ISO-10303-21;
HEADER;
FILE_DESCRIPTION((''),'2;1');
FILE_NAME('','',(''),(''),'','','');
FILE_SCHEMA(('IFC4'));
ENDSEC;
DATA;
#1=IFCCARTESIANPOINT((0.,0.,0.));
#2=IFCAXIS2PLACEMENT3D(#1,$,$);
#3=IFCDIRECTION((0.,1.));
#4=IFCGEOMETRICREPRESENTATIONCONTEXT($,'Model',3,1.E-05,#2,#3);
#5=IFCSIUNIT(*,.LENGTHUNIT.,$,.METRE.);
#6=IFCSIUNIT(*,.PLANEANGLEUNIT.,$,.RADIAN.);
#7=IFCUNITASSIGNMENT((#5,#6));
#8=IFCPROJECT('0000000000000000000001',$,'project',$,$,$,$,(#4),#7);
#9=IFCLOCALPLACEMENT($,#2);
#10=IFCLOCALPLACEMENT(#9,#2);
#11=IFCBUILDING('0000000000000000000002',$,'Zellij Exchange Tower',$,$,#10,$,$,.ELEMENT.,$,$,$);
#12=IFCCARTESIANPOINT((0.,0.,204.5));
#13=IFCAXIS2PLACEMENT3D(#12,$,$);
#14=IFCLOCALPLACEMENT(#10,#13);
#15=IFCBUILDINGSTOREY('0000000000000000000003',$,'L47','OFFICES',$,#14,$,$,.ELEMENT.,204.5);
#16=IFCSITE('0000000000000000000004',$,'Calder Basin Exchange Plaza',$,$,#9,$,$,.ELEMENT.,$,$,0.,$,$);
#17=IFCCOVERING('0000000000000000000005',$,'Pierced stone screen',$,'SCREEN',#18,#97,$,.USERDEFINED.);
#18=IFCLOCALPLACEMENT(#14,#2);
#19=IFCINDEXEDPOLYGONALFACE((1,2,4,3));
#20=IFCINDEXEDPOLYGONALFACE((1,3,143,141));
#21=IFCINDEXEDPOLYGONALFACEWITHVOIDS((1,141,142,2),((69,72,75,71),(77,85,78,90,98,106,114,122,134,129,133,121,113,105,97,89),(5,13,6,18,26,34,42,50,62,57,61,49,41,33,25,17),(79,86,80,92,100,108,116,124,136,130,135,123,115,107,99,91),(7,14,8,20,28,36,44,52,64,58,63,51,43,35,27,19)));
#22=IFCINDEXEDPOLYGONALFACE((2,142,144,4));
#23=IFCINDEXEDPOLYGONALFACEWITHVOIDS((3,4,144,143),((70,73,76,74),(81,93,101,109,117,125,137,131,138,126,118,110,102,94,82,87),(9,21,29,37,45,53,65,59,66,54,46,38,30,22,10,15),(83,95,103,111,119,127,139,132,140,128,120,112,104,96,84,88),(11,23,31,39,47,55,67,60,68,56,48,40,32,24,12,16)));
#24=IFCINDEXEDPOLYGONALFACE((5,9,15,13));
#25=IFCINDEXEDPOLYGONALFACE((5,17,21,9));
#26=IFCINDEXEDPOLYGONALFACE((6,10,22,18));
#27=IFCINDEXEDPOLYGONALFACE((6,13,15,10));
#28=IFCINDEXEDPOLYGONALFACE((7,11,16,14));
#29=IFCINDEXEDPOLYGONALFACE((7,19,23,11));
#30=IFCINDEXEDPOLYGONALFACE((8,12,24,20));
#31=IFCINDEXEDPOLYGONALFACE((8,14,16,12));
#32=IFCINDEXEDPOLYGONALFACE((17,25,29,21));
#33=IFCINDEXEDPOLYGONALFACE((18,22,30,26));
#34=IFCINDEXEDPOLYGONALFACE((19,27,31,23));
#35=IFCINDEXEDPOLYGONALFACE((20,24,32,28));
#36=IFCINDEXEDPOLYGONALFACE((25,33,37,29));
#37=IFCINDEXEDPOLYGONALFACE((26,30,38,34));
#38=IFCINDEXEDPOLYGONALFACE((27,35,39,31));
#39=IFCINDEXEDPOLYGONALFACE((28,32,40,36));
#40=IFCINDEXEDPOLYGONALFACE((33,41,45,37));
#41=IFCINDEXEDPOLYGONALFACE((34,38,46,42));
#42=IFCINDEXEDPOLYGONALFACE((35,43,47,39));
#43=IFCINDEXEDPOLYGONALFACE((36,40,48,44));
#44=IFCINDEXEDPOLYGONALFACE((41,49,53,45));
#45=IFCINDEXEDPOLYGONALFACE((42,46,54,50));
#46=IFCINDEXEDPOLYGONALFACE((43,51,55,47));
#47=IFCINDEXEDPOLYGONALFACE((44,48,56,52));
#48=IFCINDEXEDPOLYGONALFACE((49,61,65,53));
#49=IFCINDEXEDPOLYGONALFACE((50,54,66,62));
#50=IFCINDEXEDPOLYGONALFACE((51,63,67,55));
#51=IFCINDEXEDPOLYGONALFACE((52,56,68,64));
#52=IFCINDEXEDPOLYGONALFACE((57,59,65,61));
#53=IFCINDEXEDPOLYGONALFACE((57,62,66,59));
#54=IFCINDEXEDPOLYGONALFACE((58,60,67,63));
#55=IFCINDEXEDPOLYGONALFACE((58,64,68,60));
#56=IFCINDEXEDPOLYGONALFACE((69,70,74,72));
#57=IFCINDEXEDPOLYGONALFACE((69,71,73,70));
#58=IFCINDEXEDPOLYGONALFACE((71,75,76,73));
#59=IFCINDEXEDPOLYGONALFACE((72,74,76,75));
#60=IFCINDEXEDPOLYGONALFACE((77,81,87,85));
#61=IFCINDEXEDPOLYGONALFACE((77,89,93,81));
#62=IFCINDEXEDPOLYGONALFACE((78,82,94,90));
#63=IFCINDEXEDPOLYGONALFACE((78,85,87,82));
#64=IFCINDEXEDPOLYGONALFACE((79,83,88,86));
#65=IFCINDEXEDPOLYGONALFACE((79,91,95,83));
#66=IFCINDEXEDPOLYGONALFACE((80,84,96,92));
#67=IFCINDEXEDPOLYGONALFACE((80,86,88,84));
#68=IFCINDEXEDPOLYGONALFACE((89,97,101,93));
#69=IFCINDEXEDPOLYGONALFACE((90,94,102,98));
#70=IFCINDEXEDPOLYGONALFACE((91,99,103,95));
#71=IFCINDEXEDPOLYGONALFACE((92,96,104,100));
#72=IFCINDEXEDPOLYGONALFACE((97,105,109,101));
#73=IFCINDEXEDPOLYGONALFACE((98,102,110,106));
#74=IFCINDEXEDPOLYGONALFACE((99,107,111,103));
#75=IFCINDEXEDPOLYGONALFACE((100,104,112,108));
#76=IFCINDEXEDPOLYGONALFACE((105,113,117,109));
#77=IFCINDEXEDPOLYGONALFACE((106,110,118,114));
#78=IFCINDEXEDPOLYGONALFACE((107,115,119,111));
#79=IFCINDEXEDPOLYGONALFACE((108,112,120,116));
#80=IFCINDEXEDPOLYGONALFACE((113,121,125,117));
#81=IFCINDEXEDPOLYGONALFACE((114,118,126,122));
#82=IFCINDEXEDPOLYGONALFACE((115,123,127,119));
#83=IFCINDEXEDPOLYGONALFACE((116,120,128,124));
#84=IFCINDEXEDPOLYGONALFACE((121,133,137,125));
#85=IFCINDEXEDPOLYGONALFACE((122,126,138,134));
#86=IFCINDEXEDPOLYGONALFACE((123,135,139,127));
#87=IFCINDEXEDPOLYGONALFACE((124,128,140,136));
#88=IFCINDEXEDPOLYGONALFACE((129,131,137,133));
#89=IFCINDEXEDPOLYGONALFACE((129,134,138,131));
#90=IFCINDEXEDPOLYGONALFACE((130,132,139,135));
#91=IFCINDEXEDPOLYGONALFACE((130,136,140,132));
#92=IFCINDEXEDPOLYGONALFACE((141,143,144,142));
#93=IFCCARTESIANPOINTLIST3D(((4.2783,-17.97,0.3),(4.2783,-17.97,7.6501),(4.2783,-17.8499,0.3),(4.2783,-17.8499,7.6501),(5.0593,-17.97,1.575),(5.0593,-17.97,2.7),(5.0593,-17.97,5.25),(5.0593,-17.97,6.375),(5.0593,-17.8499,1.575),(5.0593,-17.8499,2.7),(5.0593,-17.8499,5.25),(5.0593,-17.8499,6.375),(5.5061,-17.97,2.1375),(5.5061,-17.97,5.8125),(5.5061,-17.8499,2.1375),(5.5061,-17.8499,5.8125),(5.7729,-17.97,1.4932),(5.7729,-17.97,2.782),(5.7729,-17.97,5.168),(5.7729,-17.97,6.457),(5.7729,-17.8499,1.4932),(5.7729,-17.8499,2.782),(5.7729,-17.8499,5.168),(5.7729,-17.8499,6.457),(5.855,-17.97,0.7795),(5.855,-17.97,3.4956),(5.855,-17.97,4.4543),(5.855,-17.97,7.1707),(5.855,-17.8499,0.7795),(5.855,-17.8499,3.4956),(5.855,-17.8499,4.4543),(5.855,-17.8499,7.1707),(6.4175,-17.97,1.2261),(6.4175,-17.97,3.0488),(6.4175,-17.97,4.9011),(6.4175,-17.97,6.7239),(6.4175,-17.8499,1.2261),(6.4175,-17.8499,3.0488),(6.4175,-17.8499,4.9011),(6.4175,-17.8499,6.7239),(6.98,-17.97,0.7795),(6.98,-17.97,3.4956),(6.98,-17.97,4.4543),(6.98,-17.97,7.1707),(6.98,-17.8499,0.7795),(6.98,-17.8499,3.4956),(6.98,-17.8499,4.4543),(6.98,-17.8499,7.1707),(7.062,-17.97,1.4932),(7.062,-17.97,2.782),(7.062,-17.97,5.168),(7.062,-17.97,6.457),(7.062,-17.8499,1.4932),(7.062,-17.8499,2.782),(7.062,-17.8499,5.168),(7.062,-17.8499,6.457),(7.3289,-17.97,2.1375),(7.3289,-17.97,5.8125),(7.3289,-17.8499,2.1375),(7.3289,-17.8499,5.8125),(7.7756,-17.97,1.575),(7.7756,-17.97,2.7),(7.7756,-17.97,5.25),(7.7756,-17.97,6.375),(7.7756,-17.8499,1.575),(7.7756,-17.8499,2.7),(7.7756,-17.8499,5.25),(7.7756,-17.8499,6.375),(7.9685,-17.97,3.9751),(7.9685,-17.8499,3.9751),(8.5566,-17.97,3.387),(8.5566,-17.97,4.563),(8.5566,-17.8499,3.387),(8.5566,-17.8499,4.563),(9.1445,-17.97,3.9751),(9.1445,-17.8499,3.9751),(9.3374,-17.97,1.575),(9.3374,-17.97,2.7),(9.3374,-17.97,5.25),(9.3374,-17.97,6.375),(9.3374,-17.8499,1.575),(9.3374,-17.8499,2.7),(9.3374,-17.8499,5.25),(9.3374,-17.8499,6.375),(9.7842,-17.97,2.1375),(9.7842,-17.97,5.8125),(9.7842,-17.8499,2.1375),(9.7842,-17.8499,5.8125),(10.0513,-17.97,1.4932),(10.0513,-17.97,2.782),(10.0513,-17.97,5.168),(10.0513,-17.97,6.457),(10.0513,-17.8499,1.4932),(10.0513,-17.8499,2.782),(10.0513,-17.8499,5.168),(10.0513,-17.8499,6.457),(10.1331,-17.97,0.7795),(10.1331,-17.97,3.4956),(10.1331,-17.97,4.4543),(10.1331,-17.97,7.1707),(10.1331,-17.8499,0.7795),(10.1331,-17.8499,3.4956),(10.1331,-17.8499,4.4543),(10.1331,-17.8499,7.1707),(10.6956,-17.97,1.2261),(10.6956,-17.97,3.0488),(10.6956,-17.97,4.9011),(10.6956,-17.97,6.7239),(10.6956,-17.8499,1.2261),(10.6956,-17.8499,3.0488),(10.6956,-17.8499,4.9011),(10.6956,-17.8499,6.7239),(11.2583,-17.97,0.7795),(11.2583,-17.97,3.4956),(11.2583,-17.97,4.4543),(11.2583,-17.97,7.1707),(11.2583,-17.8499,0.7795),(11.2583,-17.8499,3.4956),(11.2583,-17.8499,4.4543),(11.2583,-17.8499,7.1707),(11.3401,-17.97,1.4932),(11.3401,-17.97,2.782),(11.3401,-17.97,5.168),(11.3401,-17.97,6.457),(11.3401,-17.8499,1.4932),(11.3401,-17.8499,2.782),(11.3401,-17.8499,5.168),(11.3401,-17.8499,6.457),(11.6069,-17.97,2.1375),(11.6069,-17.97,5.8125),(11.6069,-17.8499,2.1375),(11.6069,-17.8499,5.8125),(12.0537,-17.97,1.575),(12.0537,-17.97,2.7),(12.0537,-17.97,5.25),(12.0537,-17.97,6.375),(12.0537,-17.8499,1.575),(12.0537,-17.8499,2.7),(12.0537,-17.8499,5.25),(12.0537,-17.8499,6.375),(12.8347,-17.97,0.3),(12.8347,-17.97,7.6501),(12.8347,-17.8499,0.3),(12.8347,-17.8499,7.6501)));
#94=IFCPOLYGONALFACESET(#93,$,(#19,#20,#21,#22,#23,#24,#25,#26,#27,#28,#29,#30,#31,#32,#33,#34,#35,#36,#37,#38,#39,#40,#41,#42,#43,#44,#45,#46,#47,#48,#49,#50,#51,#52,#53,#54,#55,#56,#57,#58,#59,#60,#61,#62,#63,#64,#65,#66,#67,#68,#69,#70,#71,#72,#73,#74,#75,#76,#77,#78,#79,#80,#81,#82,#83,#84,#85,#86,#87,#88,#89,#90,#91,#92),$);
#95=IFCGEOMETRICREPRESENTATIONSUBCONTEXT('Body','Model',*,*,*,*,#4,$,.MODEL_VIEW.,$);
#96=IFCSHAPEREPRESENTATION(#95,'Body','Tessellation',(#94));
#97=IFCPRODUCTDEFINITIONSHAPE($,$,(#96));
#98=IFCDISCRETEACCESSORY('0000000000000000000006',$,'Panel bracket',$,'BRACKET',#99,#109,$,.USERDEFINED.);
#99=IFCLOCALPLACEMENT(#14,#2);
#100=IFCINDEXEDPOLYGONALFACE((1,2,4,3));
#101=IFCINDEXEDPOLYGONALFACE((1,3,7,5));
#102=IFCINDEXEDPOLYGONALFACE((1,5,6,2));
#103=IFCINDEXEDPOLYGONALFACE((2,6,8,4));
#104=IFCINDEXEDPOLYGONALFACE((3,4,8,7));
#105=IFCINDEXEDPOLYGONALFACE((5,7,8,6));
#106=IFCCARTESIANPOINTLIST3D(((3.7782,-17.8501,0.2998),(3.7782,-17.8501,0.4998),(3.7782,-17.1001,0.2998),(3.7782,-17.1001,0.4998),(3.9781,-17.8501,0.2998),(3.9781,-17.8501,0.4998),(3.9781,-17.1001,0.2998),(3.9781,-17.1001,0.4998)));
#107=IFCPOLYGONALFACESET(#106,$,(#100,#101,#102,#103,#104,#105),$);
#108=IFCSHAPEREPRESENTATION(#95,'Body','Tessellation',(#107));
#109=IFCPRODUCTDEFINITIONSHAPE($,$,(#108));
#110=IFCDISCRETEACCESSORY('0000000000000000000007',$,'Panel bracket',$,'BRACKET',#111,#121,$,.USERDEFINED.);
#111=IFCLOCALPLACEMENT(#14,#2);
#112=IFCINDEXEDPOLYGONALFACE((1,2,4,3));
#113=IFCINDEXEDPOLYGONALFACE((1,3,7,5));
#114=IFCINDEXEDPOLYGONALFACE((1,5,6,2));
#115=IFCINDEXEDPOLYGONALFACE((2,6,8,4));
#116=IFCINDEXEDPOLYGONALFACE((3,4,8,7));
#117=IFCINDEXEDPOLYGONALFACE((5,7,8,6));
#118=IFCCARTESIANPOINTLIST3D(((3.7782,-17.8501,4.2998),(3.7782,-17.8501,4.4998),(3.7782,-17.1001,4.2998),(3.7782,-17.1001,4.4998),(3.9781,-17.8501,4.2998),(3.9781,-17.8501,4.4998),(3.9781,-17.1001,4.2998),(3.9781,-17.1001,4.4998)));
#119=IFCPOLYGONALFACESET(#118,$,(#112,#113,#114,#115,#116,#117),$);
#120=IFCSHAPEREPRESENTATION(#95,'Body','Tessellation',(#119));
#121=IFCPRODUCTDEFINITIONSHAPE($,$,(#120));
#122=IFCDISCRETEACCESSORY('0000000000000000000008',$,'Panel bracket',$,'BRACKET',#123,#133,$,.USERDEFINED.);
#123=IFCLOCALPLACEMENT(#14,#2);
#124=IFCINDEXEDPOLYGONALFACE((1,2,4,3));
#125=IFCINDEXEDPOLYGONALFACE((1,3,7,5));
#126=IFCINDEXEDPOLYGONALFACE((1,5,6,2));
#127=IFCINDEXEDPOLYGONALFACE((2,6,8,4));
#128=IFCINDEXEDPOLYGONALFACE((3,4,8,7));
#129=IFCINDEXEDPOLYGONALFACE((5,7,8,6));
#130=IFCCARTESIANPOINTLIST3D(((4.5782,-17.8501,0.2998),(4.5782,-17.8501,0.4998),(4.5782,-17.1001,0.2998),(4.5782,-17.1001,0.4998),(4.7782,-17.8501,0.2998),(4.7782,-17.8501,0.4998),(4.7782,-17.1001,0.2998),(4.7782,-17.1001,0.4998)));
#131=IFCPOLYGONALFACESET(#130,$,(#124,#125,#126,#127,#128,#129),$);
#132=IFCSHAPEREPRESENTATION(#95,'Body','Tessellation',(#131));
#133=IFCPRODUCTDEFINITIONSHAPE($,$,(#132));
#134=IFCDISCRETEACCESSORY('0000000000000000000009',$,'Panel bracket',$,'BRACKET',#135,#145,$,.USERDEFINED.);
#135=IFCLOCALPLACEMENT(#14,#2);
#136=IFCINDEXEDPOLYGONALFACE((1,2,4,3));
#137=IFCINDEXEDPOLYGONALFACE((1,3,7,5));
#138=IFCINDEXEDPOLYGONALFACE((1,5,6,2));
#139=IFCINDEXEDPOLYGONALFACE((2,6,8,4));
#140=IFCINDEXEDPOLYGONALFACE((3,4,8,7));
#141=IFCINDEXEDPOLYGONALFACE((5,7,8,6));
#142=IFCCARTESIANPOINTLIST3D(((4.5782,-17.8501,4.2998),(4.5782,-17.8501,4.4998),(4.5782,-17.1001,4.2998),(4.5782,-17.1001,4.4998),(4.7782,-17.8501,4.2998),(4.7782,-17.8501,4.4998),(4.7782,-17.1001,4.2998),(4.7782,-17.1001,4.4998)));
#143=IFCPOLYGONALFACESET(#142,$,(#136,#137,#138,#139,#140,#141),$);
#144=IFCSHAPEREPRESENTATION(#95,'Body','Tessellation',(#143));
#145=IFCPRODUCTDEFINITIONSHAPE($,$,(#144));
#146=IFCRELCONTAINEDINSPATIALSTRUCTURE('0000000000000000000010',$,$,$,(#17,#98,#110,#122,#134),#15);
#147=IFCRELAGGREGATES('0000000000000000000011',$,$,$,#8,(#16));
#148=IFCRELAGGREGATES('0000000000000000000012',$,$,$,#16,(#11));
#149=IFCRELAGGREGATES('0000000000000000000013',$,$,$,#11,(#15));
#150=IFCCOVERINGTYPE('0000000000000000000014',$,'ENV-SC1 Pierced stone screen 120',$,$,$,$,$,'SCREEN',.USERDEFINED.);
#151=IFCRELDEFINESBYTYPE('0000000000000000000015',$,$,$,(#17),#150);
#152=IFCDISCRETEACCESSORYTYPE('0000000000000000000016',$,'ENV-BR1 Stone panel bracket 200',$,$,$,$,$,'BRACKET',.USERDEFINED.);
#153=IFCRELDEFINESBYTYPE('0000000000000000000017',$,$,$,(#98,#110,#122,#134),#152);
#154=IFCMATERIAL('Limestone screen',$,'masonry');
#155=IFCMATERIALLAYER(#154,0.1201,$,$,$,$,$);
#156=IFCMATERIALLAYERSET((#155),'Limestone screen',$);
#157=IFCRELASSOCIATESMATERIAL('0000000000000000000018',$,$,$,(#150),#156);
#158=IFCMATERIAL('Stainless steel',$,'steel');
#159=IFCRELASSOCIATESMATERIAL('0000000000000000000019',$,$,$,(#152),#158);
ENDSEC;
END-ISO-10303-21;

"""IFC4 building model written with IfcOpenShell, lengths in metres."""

from ifc_helpers import new_model, si_unit, direction, frame, origin, origin_2d, place, context, subcontext, project, spatial, polyline, rectangle, outline, extrude, material, layer, layer_set, type_object, element, save


model = new_model("IFC4")

# Units and contexts
model_context = context("Model", 3, precision=1e-05, world=origin(), true_north=direction((0.0, 1.0)))
body_context = subcontext(model_context, "Body", "Model", "MODEL_VIEW")
ifc_project = project(units=[si_unit("LENGTHUNIT", "METRE"), si_unit("PLANEANGLEUNIT", "RADIAN")], contexts=[model_context])

# Site, building, storey
site_placement = place(None, origin())
site = spatial("IfcSite", under=ifc_project, at=site_placement, Name="Calder Basin Exchange Plaza", CompositionType="ELEMENT", RefElevation=0.0)
building_placement = place(site_placement, origin())
building = spatial("IfcBuilding", under=site, at=building_placement, Name="Zellij Exchange Tower", CompositionType="ELEMENT")
storey_placement = place(building_placement, frame((0.0, 0.0, 204.5)))
storey = spatial("IfcBuildingStorey", under=building, at=storey_placement, Name="L47", Description="OFFICES", CompositionType="ELEMENT", Elevation=204.5)

# Shared definitions
ifc_material_1 = material(Name="Stainless steel", Category="steel")

# Covering
ifc_material_2 = material(Name="Limestone screen", Category="masonry")
ifc_layer_1 = layer(ifc_material_2, 0.1201)
ifc_layer_set_1 = layer_set([ifc_layer_1], Name="Limestone screen")
covering_type = type_object("IfcCoveringType", Name="ENV-SC1 Pierced stone screen 120", ElementType="SCREEN", PredefinedType="USERDEFINED", material=ifc_layer_set_1)
covering_placement = place(storey_placement, frame((4.2783, -17.9099, 0.3), z_axis=(0.0, 0.0, 1.0), x_axis=(1.0, 0.0, 0.0)))
element("IfcCovering", 1, at=covering_placement, inside=storey, type_object=covering_type, Name="Pierced stone screen", ObjectType="SCREEN", PredefinedType="USERDEFINED", context=body_context, shape_type="SweptSolid", body=[
    extrude(outline(polyline([(0.0, 0.0), (8.5564, 0.0), (8.5564, 7.3501), (0.0, 7.3501), (0.0, 0.0)]), holes=[polyline([(3.4973, 2.3999), (2.7837, 2.4819), (2.7017, 3.1956), (2.1392, 2.7488), (1.5767, 3.1956), (1.4946, 2.4819), (0.781, 2.3999), (1.2278, 1.8374), (0.781, 1.2749), (1.4946, 1.1931), (1.5767, 0.4795), (2.1392, 0.926), (2.7017, 0.4795), (2.7837, 1.1931), (3.4973, 1.2749), (3.0505, 1.8374), (3.4973, 2.3999)]), polyline([(3.4973, 6.075), (2.7837, 6.157), (2.7017, 6.8706), (2.1392, 6.4238), (1.5767, 6.8706), (1.4946, 6.157), (0.781, 6.075), (1.2278, 5.5125), (0.781, 4.95), (1.4946, 4.8679), (1.5767, 4.1543), (2.1392, 4.6011), (2.7017, 4.1543), (2.7837, 4.8679), (3.4973, 4.95), (3.0505, 5.5125), (3.4973, 6.075)]), polyline([(7.7754, 2.3999), (7.0618, 2.4819), (6.98, 3.1956), (6.4172, 2.7488), (5.8547, 3.1956), (5.7729, 2.4819), (5.0591, 2.3999), (5.5059, 1.8374), (5.0591, 1.2749), (5.7729, 1.1931), (5.8547, 0.4795), (6.4172, 0.926), (6.98, 0.4795), (7.0618, 1.1931), (7.7754, 1.2749), (7.3286, 1.8374), (7.7754, 2.3999)]), polyline([(7.7754, 6.075), (7.0618, 6.157), (6.98, 6.8706), (6.4172, 6.4238), (5.8547, 6.8706), (5.7729, 6.157), (5.0591, 6.075), (5.5059, 5.5125), (5.0591, 4.95), (5.7729, 4.8679), (5.8547, 4.1543), (6.4172, 4.6011), (6.98, 4.1543), (7.0618, 4.8679), (7.7754, 4.95), (7.3286, 5.5125), (7.7754, 6.075)]), polyline([(4.8662, 3.675), (4.2783, 4.2629), (3.6902, 3.675), (4.2783, 3.0869), (4.8662, 3.675)])]), frame((0.0, 0.0601, 0.0), z_axis=(0.0, -1.0, 0.0), x_axis=(1.0, 0.0, 0.0)), (0.0, 0.0, 1.0), 0.1201),
])

# Discrete accessories
discrete_accessory_type = type_object("IfcDiscreteAccessoryType", Name="ENV-BR1 Stone panel bracket 200", ElementType="BRACKET", PredefinedType="USERDEFINED", material=ifc_material_1)
for number, where, z_axis, x_axis, name in (
    (2, (3.8782, -17.4751, 0.2998), (0.0, 0.0, 1.0), (1.0, 0.0, 0.0), "Panel bracket"),
    (3, (3.8782, -17.4751, 4.2998), (0.0, 0.0, 1.0), (1.0, 0.0, 0.0), "Panel bracket"),
    (4, (4.6782, -17.4751, 0.2998), (0.0, 0.0, 1.0), (1.0, 0.0, 0.0), "Panel bracket"),
    (5, (4.6782, -17.4751, 4.2998), (0.0, 0.0, 1.0), (1.0, 0.0, 0.0), "Panel bracket"),
):
    element("IfcDiscreteAccessory", number, at=place(storey_placement, frame(where, z_axis=z_axis, x_axis=x_axis)), inside=storey, type_object=discrete_accessory_type, Name=name, ObjectType="BRACKET", PredefinedType="USERDEFINED", context=body_context, shape_type="SweptSolid", body=[
        extrude(rectangle(XDim=0.2, YDim=0.75, at=origin_2d()), origin(), (0.0, 0.0, 1.0), 0.2),
    ])

save(model, "model.ifc")
